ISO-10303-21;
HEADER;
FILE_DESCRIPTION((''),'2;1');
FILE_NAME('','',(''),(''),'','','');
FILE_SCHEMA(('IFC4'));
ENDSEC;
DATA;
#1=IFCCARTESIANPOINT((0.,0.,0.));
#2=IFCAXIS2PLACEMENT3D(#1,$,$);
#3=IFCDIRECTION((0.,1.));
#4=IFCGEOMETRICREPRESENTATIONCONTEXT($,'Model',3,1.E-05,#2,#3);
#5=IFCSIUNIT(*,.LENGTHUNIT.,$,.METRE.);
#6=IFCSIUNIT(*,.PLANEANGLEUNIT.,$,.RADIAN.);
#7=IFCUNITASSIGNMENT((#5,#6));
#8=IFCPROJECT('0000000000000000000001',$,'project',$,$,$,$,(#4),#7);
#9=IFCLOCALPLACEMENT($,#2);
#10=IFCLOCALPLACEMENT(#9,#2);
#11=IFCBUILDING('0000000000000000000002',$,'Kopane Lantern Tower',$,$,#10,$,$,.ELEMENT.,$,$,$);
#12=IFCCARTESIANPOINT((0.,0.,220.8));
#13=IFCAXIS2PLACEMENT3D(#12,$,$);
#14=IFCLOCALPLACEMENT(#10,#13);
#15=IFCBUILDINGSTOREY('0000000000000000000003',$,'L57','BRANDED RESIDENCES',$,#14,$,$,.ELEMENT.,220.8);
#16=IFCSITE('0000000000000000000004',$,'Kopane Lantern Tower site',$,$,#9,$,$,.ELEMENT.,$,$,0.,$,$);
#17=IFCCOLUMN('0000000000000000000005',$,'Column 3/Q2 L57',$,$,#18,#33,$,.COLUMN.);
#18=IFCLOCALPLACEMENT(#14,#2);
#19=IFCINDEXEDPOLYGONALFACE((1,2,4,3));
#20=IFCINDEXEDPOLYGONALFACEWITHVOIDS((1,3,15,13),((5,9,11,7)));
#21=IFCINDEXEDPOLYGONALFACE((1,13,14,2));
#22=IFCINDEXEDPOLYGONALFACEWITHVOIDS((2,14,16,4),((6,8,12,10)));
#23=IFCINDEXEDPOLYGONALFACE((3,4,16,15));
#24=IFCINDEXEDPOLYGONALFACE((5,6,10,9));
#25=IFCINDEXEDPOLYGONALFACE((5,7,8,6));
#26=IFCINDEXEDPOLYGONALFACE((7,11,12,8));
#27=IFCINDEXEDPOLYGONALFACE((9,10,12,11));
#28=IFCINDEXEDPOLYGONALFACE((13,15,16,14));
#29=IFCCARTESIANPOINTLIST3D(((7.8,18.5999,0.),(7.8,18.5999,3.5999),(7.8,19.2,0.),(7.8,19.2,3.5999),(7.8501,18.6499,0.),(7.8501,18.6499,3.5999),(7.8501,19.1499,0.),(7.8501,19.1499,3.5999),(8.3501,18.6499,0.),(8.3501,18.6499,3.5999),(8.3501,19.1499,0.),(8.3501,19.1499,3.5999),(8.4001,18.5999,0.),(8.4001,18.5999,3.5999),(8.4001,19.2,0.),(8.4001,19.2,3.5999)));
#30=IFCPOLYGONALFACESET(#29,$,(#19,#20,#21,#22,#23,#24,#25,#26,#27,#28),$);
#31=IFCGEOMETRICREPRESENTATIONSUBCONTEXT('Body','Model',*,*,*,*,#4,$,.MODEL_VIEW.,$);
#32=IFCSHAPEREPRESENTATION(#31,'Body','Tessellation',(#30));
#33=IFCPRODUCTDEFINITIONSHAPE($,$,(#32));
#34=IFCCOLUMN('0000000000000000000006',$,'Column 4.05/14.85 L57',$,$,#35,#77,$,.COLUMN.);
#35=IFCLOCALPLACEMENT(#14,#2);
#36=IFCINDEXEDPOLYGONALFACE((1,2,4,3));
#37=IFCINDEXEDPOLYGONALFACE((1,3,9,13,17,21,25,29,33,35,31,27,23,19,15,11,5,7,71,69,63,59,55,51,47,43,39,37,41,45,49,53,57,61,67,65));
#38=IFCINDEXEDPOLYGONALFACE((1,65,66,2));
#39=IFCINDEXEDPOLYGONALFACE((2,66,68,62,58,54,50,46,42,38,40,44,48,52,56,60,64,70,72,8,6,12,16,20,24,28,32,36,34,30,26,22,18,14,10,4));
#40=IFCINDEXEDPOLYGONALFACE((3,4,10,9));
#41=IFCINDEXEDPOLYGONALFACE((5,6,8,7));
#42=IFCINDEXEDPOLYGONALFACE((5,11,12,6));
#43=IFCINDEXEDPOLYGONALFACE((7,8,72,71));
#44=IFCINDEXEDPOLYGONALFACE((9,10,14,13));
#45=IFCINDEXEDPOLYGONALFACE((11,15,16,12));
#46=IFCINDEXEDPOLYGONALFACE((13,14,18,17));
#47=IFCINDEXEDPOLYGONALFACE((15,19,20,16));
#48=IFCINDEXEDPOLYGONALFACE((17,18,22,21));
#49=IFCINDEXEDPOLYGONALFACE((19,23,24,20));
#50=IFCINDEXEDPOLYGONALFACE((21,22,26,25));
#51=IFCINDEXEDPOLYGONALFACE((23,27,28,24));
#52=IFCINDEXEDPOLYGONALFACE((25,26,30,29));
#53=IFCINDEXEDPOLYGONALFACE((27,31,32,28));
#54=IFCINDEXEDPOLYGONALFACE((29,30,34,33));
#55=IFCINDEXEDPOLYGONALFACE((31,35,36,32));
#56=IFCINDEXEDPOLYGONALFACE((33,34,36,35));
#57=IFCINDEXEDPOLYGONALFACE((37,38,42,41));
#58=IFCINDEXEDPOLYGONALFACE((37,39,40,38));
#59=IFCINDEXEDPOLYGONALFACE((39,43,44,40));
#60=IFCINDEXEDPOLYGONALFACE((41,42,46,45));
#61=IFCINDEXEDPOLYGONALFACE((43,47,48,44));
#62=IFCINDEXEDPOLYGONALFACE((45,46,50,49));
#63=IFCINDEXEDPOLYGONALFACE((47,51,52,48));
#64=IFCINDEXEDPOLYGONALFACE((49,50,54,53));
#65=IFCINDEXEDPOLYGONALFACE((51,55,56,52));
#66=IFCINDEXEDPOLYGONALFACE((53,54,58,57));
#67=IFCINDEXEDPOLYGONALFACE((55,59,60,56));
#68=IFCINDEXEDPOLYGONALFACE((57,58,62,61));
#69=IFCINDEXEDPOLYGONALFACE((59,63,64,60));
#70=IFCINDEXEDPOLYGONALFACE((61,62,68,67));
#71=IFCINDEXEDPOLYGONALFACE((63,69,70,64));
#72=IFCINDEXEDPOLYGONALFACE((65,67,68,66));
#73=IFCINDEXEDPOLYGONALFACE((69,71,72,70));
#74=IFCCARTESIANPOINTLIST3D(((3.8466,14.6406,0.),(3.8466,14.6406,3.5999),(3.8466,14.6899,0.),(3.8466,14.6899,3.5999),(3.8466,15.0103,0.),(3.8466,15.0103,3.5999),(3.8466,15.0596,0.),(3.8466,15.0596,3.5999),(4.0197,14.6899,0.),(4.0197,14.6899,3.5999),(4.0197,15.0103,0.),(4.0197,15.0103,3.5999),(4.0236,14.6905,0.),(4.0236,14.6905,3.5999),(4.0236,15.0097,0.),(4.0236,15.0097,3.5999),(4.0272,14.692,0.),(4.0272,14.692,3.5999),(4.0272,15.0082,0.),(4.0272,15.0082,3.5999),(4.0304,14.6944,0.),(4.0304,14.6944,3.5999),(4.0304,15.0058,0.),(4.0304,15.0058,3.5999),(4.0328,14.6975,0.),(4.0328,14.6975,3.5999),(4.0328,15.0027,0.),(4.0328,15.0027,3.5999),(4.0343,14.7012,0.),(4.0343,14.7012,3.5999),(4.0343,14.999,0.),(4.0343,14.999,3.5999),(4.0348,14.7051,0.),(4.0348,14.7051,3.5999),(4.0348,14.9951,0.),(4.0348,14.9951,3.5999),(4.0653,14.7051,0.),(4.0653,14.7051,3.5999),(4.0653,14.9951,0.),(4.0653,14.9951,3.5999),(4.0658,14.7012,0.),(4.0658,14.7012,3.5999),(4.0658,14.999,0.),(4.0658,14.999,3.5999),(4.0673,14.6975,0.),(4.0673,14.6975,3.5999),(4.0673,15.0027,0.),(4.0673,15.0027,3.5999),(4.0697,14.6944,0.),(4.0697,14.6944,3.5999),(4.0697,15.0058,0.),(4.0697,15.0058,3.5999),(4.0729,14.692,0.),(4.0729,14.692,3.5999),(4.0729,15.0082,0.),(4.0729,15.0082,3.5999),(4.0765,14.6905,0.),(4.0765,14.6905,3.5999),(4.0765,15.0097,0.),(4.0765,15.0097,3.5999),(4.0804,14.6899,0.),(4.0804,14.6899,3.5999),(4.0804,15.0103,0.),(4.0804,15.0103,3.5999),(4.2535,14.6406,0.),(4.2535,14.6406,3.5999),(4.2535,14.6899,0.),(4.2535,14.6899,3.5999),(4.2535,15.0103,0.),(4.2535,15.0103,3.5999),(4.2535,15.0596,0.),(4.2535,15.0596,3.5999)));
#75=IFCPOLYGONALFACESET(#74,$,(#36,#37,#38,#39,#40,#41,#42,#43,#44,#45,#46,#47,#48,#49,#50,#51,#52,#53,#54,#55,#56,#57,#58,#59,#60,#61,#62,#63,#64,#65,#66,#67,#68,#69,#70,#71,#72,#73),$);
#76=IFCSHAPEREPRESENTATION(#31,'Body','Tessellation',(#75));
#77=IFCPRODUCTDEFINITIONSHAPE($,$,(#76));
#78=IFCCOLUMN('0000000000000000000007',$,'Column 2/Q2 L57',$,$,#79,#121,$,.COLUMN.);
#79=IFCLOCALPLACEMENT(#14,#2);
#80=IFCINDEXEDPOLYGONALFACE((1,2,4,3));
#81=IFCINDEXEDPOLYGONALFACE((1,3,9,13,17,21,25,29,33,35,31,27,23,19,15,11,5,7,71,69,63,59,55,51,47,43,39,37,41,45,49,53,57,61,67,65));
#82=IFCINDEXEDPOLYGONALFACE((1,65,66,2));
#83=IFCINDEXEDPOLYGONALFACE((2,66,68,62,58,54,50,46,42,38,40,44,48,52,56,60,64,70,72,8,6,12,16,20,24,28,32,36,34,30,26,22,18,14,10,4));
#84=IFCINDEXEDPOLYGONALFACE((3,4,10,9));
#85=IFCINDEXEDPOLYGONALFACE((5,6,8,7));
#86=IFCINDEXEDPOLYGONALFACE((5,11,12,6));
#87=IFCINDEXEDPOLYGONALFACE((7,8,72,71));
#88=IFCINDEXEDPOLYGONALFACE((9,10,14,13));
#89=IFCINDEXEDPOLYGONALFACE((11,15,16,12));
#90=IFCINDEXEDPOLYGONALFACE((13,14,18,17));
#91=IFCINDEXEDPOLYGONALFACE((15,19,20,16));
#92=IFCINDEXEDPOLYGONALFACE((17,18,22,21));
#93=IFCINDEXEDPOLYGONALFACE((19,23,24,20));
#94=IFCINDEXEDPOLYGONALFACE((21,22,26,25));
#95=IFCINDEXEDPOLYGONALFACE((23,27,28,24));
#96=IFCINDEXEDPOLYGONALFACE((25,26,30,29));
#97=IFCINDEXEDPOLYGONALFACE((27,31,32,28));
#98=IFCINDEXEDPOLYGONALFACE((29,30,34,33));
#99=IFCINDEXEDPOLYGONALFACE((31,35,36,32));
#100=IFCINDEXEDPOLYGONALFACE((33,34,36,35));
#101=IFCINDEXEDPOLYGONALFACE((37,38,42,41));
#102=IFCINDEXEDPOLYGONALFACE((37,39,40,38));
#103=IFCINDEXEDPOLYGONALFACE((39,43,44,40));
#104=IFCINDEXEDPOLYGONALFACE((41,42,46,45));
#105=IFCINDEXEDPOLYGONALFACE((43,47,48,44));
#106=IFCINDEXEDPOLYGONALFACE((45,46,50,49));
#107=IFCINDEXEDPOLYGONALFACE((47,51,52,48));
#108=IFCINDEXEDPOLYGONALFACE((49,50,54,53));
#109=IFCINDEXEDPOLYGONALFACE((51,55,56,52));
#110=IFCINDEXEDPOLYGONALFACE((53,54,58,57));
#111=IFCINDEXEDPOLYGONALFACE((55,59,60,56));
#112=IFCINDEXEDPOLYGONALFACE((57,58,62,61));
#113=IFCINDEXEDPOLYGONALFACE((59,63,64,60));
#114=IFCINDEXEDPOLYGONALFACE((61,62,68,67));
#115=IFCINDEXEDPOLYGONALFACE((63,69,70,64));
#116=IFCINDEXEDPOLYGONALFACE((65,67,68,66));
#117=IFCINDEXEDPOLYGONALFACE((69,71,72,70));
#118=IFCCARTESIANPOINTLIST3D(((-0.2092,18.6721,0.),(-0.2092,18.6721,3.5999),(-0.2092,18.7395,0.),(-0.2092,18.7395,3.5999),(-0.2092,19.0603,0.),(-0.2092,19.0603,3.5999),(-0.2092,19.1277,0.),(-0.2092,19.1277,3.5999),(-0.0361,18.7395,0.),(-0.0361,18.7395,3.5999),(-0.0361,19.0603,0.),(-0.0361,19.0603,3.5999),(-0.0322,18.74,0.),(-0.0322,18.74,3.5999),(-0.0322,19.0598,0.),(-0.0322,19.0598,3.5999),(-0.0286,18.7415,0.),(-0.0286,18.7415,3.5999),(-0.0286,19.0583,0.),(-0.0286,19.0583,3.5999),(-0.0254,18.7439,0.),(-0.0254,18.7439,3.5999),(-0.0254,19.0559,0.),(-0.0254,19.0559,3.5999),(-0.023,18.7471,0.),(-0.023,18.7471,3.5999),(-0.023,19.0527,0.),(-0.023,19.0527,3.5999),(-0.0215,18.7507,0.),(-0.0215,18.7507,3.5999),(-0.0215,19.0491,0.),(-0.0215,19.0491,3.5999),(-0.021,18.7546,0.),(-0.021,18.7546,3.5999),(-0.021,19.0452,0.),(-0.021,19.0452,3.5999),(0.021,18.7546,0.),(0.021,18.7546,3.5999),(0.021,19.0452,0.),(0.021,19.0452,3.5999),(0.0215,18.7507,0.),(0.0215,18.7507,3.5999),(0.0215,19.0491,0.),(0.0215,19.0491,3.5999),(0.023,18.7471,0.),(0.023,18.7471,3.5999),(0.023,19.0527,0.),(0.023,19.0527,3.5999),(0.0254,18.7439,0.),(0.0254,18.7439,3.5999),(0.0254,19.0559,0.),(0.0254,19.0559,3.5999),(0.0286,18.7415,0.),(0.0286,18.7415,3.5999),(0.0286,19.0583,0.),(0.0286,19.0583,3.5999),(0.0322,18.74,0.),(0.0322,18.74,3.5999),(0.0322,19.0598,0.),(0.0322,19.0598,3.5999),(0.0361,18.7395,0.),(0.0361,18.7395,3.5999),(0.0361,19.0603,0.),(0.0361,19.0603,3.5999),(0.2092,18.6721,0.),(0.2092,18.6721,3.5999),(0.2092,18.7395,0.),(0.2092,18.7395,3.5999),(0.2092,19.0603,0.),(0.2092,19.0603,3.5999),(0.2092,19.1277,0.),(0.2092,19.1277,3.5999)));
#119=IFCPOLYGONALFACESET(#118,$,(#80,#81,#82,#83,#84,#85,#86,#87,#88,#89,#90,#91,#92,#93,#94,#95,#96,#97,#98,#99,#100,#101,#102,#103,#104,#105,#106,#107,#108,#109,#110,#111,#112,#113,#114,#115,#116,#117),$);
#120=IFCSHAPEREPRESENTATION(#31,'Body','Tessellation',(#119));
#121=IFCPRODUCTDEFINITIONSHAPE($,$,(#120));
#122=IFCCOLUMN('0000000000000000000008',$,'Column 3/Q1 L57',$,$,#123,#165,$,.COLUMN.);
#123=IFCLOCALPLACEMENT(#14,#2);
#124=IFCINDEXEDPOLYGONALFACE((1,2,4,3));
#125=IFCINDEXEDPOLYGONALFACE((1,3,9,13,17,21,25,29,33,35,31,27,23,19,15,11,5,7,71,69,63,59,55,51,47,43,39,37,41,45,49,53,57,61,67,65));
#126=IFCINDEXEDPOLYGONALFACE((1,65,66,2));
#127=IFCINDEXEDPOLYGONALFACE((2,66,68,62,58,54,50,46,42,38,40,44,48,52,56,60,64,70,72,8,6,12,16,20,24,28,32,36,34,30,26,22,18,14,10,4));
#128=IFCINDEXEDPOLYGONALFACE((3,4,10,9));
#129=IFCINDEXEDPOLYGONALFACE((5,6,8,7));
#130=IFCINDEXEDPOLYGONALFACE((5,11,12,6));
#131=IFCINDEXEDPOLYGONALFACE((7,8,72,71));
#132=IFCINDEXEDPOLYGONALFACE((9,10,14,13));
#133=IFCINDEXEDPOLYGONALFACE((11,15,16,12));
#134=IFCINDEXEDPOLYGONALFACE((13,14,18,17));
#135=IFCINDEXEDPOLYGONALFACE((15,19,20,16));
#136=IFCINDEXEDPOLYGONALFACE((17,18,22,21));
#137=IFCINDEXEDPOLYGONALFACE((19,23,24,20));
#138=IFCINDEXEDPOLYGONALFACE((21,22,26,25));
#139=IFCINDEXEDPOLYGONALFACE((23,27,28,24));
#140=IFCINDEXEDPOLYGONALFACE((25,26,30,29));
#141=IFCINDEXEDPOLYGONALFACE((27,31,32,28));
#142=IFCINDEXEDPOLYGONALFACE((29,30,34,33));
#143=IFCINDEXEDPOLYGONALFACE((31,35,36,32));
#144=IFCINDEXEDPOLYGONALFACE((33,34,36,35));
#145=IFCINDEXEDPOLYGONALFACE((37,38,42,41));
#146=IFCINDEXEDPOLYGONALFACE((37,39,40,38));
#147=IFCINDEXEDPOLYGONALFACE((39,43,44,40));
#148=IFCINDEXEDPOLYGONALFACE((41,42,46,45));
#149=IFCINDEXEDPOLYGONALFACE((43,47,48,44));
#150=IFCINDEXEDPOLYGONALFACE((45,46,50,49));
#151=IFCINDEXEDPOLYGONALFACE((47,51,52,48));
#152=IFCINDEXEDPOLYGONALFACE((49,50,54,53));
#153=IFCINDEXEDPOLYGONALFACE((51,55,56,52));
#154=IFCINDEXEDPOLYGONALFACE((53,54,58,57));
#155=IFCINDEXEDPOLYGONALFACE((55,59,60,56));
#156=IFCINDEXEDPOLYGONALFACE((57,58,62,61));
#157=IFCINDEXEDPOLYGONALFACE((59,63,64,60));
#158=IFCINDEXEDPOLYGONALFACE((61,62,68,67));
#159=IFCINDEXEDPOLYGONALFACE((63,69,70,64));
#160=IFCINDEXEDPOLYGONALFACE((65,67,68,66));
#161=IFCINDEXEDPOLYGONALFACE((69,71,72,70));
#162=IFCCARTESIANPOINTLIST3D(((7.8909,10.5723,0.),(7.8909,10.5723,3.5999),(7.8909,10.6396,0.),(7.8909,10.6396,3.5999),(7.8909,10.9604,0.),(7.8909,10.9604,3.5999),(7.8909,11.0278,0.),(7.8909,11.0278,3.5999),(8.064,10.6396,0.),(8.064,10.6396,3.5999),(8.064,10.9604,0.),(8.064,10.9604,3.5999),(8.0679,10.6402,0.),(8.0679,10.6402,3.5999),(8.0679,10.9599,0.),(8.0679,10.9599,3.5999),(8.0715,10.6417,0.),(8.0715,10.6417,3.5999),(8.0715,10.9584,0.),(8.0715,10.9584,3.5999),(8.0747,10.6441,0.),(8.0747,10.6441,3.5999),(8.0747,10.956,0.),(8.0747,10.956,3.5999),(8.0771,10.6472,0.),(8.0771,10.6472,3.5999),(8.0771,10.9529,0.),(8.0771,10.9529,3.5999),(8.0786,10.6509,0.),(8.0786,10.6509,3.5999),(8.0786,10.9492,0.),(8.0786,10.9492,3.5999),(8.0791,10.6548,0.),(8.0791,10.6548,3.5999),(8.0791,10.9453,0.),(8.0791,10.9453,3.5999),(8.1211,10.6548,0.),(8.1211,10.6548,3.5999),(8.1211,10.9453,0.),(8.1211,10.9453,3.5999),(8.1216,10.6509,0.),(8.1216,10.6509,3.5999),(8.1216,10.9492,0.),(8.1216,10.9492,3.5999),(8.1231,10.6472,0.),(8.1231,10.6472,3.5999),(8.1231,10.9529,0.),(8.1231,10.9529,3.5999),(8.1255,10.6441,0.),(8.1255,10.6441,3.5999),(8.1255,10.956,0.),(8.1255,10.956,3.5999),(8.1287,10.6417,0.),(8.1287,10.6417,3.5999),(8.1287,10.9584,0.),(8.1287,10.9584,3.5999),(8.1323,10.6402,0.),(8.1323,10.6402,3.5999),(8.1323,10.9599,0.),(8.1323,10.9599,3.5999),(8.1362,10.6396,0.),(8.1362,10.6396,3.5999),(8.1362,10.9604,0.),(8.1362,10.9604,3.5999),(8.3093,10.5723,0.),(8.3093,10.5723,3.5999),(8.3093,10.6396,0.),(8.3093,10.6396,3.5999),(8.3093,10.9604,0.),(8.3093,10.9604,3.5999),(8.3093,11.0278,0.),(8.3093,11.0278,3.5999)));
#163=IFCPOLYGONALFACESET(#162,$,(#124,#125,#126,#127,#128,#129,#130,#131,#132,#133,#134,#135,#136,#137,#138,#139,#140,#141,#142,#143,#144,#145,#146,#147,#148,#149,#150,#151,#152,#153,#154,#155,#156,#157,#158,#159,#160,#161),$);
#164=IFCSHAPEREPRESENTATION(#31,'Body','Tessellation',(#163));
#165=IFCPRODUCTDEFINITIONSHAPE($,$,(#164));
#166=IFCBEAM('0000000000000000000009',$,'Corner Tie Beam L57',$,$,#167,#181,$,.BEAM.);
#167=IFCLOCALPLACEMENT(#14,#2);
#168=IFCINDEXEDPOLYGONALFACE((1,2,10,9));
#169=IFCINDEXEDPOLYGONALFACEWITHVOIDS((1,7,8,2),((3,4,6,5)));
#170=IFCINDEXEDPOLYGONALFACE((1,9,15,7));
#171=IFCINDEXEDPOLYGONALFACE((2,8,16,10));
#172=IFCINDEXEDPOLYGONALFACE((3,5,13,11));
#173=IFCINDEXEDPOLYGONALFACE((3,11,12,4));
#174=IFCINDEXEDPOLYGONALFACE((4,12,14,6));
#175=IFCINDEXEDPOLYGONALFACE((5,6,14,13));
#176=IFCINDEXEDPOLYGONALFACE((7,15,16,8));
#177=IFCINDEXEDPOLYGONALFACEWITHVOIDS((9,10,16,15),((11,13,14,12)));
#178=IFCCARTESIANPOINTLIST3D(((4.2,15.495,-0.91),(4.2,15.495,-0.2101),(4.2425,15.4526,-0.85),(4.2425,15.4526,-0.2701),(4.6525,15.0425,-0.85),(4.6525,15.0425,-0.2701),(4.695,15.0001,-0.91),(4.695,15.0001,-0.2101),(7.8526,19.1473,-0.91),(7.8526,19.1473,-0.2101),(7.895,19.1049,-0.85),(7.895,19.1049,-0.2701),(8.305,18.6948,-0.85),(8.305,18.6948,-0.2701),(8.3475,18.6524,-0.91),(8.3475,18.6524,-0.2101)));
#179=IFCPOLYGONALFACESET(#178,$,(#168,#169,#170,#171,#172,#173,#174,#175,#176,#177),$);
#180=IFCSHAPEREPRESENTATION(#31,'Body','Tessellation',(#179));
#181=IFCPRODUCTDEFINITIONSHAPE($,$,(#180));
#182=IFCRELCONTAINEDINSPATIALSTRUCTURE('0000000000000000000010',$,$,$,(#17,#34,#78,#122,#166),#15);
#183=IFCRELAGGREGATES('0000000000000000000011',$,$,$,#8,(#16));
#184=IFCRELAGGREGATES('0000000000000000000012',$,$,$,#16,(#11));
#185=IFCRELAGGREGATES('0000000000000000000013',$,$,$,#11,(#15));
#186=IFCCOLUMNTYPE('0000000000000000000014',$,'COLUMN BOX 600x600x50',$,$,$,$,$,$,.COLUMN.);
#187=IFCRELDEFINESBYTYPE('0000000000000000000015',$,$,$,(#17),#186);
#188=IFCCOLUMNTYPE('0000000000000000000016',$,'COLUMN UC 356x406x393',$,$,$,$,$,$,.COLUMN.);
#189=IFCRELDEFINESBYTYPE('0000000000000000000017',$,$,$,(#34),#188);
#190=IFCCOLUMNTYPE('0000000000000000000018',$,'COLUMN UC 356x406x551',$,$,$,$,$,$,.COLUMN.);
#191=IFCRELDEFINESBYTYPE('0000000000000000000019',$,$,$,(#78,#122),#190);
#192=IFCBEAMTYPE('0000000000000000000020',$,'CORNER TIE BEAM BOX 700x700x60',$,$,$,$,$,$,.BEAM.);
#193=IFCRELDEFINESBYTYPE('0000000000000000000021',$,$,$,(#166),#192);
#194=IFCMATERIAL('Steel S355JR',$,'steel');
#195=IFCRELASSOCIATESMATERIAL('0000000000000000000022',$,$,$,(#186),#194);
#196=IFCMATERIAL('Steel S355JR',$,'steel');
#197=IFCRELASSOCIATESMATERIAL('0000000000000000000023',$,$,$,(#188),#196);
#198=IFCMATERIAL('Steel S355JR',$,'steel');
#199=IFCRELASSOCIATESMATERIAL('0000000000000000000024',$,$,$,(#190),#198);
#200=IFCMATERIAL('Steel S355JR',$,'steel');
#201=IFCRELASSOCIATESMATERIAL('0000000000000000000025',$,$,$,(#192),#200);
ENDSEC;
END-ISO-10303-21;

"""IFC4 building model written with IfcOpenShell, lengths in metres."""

from ifc_helpers import new_model, si_unit, direction, frame, origin, origin_2d, place, context, subcontext, project, spatial, hollow_rectangle, i_section, extrude, material, material_profile, profile_set, type_object, element, save


model = new_model("IFC4")

# Units and contexts
model_context = context("Model", 3, precision=1e-05, world=origin(), true_north=direction((0.0, 1.0)))
body_context = subcontext(model_context, "Body", "Model", "MODEL_VIEW")
ifc_project = project(units=[si_unit("LENGTHUNIT", "METRE"), si_unit("PLANEANGLEUNIT", "RADIAN")], contexts=[model_context])

# Site, building, storey
site_placement = place(None, origin())
site = spatial("IfcSite", under=ifc_project, at=site_placement, Name="Kopane Lantern Tower site", CompositionType="ELEMENT", RefElevation=0.0)
building_placement = place(site_placement, origin())
building = spatial("IfcBuilding", under=site, at=building_placement, Name="Kopane Lantern Tower", CompositionType="ELEMENT")
storey_placement = place(building_placement, frame((0.0, 0.0, 220.8)))
storey = spatial("IfcBuildingStorey", under=building, at=storey_placement, Name="L57", Description="BRANDED RESIDENCES", CompositionType="ELEMENT", Elevation=220.8)

# Columns
ifc_material_1 = material(Name="Steel S355JR", Category="steel")
ifc_material_profile_1 = material_profile(ifc_material_1, hollow_rectangle(XDim=0.6001, YDim=0.6001, WallThickness=0.05, at=origin_2d()), Name="BOX 600x600x50")
ifc_profile_set_1 = profile_set([ifc_material_profile_1], Name="Steel S355JR")
column_type_1 = type_object("IfcColumnType", Name="COLUMN BOX 600x600x50", PredefinedType="COLUMN", material=ifc_profile_set_1)
column_1_placement = place(storey_placement, frame((8.1001, 18.8999, 0.0), z_axis=(0.0, 0.0, 1.0), x_axis=(1.0, 0.0, 0.0)))
element("IfcColumn", 1, at=column_1_placement, inside=storey, type_object=column_type_1, Name="Column 3/Q2 L57", PredefinedType="COLUMN", context=body_context, shape_type="SweptSolid", body=[
    extrude(hollow_rectangle(XDim=0.6001, YDim=0.6001, WallThickness=0.05, at=origin_2d()), origin(), (0.0, 0.0, 1.0), 3.5999),
])
ifc_material_2 = material(Name="Steel S355JR", Category="steel")
ifc_material_profile_2 = material_profile(ifc_material_2, i_section(OverallWidth=0.407, OverallDepth=0.4189, WebThickness=0.0305, FlangeThickness=0.0493, FilletRadius=0.0151, at=origin_2d()), Name="UC 356x406x393")
ifc_profile_set_2 = profile_set([ifc_material_profile_2], Name="Steel S355JR")
column_type_2 = type_object("IfcColumnType", Name="COLUMN UC 356x406x393", PredefinedType="COLUMN", material=ifc_profile_set_2)
column_2_placement = place(storey_placement, frame((4.05, 14.8501, 0.0), z_axis=(0.0, 0.0, 1.0), x_axis=(1.0, 0.0, 0.0)))
element("IfcColumn", 2, at=column_2_placement, inside=storey, type_object=column_type_2, Name="Column 4.05/14.85 L57", PredefinedType="COLUMN", context=body_context, shape_type="SweptSolid", body=[
    extrude(i_section(OverallWidth=0.407, OverallDepth=0.4189, WebThickness=0.0305, FlangeThickness=0.0493, FilletRadius=0.0151, at=origin_2d()), origin(), (0.0, 0.0, 1.0), 3.5999),
])
ifc_material_3 = material(Name="Steel S355JR", Category="steel")
ifc_material_profile_3 = material_profile(ifc_material_3, i_section(OverallWidth=0.4185, OverallDepth=0.4556, WebThickness=0.042, FlangeThickness=0.0674, FilletRadius=0.0151, at=origin_2d()), Name="UC 356x406x551")
ifc_profile_set_3 = profile_set([ifc_material_profile_3], Name="Steel S355JR")
column_type_3 = type_object("IfcColumnType", Name="COLUMN UC 356x406x551", PredefinedType="COLUMN", material=ifc_profile_set_3)
for number, where, z_axis, x_axis, name in (
    (3, (0.0, 18.8999, 0.0), (0.0, 0.0, 1.0), (1.0, 0.0, 0.0), "Column 2/Q2 L57"),
    (4, (8.1001, 10.8, 0.0), (0.0, 0.0, 1.0), (1.0, 0.0, 0.0), "Column 3/Q1 L57"),
):
    element("IfcColumn", number, at=place(storey_placement, frame(where, z_axis=z_axis, x_axis=x_axis)), inside=storey, type_object=column_type_3, Name=name, PredefinedType="COLUMN", context=body_context, shape_type="SweptSolid", body=[
        extrude(i_section(OverallWidth=0.4185, OverallDepth=0.4556, WebThickness=0.042, FlangeThickness=0.0674, FilletRadius=0.0151, at=origin_2d()), origin(), (0.0, 0.0, 1.0), 3.5999),
    ])

# Beam
ifc_material_4 = material(Name="Steel S355JR", Category="steel")
ifc_material_profile_4 = material_profile(ifc_material_4, hollow_rectangle(XDim=0.7, YDim=0.7, WallThickness=0.0601, at=origin_2d()), Name="BOX 700x700x60")
ifc_profile_set_4 = profile_set([ifc_material_profile_4], Name="Steel S355JR")
beam_type_1 = type_object("IfcBeamType", Name="CORNER TIE BEAM BOX 700x700x60", PredefinedType="BEAM", material=ifc_profile_set_4)
beam_1_placement = place(storey_placement, frame((4.4475, 15.2476, -0.5601), z_axis=(0.70713, 0.707083, 0.0), x_axis=(-0.707083, 0.70713, 0.0)))
element("IfcBeam", 5, at=beam_1_placement, inside=storey, type_object=beam_type_1, Name="Corner Tie Beam L57", PredefinedType="BEAM", context=body_context, shape_type="SweptSolid", body=[
    extrude(hollow_rectangle(XDim=0.7, YDim=0.7, WallThickness=0.0601, at=origin_2d()), origin(), (0.0, 0.0, 1.0), 5.1653),
])

save(model, "model.ifc")
